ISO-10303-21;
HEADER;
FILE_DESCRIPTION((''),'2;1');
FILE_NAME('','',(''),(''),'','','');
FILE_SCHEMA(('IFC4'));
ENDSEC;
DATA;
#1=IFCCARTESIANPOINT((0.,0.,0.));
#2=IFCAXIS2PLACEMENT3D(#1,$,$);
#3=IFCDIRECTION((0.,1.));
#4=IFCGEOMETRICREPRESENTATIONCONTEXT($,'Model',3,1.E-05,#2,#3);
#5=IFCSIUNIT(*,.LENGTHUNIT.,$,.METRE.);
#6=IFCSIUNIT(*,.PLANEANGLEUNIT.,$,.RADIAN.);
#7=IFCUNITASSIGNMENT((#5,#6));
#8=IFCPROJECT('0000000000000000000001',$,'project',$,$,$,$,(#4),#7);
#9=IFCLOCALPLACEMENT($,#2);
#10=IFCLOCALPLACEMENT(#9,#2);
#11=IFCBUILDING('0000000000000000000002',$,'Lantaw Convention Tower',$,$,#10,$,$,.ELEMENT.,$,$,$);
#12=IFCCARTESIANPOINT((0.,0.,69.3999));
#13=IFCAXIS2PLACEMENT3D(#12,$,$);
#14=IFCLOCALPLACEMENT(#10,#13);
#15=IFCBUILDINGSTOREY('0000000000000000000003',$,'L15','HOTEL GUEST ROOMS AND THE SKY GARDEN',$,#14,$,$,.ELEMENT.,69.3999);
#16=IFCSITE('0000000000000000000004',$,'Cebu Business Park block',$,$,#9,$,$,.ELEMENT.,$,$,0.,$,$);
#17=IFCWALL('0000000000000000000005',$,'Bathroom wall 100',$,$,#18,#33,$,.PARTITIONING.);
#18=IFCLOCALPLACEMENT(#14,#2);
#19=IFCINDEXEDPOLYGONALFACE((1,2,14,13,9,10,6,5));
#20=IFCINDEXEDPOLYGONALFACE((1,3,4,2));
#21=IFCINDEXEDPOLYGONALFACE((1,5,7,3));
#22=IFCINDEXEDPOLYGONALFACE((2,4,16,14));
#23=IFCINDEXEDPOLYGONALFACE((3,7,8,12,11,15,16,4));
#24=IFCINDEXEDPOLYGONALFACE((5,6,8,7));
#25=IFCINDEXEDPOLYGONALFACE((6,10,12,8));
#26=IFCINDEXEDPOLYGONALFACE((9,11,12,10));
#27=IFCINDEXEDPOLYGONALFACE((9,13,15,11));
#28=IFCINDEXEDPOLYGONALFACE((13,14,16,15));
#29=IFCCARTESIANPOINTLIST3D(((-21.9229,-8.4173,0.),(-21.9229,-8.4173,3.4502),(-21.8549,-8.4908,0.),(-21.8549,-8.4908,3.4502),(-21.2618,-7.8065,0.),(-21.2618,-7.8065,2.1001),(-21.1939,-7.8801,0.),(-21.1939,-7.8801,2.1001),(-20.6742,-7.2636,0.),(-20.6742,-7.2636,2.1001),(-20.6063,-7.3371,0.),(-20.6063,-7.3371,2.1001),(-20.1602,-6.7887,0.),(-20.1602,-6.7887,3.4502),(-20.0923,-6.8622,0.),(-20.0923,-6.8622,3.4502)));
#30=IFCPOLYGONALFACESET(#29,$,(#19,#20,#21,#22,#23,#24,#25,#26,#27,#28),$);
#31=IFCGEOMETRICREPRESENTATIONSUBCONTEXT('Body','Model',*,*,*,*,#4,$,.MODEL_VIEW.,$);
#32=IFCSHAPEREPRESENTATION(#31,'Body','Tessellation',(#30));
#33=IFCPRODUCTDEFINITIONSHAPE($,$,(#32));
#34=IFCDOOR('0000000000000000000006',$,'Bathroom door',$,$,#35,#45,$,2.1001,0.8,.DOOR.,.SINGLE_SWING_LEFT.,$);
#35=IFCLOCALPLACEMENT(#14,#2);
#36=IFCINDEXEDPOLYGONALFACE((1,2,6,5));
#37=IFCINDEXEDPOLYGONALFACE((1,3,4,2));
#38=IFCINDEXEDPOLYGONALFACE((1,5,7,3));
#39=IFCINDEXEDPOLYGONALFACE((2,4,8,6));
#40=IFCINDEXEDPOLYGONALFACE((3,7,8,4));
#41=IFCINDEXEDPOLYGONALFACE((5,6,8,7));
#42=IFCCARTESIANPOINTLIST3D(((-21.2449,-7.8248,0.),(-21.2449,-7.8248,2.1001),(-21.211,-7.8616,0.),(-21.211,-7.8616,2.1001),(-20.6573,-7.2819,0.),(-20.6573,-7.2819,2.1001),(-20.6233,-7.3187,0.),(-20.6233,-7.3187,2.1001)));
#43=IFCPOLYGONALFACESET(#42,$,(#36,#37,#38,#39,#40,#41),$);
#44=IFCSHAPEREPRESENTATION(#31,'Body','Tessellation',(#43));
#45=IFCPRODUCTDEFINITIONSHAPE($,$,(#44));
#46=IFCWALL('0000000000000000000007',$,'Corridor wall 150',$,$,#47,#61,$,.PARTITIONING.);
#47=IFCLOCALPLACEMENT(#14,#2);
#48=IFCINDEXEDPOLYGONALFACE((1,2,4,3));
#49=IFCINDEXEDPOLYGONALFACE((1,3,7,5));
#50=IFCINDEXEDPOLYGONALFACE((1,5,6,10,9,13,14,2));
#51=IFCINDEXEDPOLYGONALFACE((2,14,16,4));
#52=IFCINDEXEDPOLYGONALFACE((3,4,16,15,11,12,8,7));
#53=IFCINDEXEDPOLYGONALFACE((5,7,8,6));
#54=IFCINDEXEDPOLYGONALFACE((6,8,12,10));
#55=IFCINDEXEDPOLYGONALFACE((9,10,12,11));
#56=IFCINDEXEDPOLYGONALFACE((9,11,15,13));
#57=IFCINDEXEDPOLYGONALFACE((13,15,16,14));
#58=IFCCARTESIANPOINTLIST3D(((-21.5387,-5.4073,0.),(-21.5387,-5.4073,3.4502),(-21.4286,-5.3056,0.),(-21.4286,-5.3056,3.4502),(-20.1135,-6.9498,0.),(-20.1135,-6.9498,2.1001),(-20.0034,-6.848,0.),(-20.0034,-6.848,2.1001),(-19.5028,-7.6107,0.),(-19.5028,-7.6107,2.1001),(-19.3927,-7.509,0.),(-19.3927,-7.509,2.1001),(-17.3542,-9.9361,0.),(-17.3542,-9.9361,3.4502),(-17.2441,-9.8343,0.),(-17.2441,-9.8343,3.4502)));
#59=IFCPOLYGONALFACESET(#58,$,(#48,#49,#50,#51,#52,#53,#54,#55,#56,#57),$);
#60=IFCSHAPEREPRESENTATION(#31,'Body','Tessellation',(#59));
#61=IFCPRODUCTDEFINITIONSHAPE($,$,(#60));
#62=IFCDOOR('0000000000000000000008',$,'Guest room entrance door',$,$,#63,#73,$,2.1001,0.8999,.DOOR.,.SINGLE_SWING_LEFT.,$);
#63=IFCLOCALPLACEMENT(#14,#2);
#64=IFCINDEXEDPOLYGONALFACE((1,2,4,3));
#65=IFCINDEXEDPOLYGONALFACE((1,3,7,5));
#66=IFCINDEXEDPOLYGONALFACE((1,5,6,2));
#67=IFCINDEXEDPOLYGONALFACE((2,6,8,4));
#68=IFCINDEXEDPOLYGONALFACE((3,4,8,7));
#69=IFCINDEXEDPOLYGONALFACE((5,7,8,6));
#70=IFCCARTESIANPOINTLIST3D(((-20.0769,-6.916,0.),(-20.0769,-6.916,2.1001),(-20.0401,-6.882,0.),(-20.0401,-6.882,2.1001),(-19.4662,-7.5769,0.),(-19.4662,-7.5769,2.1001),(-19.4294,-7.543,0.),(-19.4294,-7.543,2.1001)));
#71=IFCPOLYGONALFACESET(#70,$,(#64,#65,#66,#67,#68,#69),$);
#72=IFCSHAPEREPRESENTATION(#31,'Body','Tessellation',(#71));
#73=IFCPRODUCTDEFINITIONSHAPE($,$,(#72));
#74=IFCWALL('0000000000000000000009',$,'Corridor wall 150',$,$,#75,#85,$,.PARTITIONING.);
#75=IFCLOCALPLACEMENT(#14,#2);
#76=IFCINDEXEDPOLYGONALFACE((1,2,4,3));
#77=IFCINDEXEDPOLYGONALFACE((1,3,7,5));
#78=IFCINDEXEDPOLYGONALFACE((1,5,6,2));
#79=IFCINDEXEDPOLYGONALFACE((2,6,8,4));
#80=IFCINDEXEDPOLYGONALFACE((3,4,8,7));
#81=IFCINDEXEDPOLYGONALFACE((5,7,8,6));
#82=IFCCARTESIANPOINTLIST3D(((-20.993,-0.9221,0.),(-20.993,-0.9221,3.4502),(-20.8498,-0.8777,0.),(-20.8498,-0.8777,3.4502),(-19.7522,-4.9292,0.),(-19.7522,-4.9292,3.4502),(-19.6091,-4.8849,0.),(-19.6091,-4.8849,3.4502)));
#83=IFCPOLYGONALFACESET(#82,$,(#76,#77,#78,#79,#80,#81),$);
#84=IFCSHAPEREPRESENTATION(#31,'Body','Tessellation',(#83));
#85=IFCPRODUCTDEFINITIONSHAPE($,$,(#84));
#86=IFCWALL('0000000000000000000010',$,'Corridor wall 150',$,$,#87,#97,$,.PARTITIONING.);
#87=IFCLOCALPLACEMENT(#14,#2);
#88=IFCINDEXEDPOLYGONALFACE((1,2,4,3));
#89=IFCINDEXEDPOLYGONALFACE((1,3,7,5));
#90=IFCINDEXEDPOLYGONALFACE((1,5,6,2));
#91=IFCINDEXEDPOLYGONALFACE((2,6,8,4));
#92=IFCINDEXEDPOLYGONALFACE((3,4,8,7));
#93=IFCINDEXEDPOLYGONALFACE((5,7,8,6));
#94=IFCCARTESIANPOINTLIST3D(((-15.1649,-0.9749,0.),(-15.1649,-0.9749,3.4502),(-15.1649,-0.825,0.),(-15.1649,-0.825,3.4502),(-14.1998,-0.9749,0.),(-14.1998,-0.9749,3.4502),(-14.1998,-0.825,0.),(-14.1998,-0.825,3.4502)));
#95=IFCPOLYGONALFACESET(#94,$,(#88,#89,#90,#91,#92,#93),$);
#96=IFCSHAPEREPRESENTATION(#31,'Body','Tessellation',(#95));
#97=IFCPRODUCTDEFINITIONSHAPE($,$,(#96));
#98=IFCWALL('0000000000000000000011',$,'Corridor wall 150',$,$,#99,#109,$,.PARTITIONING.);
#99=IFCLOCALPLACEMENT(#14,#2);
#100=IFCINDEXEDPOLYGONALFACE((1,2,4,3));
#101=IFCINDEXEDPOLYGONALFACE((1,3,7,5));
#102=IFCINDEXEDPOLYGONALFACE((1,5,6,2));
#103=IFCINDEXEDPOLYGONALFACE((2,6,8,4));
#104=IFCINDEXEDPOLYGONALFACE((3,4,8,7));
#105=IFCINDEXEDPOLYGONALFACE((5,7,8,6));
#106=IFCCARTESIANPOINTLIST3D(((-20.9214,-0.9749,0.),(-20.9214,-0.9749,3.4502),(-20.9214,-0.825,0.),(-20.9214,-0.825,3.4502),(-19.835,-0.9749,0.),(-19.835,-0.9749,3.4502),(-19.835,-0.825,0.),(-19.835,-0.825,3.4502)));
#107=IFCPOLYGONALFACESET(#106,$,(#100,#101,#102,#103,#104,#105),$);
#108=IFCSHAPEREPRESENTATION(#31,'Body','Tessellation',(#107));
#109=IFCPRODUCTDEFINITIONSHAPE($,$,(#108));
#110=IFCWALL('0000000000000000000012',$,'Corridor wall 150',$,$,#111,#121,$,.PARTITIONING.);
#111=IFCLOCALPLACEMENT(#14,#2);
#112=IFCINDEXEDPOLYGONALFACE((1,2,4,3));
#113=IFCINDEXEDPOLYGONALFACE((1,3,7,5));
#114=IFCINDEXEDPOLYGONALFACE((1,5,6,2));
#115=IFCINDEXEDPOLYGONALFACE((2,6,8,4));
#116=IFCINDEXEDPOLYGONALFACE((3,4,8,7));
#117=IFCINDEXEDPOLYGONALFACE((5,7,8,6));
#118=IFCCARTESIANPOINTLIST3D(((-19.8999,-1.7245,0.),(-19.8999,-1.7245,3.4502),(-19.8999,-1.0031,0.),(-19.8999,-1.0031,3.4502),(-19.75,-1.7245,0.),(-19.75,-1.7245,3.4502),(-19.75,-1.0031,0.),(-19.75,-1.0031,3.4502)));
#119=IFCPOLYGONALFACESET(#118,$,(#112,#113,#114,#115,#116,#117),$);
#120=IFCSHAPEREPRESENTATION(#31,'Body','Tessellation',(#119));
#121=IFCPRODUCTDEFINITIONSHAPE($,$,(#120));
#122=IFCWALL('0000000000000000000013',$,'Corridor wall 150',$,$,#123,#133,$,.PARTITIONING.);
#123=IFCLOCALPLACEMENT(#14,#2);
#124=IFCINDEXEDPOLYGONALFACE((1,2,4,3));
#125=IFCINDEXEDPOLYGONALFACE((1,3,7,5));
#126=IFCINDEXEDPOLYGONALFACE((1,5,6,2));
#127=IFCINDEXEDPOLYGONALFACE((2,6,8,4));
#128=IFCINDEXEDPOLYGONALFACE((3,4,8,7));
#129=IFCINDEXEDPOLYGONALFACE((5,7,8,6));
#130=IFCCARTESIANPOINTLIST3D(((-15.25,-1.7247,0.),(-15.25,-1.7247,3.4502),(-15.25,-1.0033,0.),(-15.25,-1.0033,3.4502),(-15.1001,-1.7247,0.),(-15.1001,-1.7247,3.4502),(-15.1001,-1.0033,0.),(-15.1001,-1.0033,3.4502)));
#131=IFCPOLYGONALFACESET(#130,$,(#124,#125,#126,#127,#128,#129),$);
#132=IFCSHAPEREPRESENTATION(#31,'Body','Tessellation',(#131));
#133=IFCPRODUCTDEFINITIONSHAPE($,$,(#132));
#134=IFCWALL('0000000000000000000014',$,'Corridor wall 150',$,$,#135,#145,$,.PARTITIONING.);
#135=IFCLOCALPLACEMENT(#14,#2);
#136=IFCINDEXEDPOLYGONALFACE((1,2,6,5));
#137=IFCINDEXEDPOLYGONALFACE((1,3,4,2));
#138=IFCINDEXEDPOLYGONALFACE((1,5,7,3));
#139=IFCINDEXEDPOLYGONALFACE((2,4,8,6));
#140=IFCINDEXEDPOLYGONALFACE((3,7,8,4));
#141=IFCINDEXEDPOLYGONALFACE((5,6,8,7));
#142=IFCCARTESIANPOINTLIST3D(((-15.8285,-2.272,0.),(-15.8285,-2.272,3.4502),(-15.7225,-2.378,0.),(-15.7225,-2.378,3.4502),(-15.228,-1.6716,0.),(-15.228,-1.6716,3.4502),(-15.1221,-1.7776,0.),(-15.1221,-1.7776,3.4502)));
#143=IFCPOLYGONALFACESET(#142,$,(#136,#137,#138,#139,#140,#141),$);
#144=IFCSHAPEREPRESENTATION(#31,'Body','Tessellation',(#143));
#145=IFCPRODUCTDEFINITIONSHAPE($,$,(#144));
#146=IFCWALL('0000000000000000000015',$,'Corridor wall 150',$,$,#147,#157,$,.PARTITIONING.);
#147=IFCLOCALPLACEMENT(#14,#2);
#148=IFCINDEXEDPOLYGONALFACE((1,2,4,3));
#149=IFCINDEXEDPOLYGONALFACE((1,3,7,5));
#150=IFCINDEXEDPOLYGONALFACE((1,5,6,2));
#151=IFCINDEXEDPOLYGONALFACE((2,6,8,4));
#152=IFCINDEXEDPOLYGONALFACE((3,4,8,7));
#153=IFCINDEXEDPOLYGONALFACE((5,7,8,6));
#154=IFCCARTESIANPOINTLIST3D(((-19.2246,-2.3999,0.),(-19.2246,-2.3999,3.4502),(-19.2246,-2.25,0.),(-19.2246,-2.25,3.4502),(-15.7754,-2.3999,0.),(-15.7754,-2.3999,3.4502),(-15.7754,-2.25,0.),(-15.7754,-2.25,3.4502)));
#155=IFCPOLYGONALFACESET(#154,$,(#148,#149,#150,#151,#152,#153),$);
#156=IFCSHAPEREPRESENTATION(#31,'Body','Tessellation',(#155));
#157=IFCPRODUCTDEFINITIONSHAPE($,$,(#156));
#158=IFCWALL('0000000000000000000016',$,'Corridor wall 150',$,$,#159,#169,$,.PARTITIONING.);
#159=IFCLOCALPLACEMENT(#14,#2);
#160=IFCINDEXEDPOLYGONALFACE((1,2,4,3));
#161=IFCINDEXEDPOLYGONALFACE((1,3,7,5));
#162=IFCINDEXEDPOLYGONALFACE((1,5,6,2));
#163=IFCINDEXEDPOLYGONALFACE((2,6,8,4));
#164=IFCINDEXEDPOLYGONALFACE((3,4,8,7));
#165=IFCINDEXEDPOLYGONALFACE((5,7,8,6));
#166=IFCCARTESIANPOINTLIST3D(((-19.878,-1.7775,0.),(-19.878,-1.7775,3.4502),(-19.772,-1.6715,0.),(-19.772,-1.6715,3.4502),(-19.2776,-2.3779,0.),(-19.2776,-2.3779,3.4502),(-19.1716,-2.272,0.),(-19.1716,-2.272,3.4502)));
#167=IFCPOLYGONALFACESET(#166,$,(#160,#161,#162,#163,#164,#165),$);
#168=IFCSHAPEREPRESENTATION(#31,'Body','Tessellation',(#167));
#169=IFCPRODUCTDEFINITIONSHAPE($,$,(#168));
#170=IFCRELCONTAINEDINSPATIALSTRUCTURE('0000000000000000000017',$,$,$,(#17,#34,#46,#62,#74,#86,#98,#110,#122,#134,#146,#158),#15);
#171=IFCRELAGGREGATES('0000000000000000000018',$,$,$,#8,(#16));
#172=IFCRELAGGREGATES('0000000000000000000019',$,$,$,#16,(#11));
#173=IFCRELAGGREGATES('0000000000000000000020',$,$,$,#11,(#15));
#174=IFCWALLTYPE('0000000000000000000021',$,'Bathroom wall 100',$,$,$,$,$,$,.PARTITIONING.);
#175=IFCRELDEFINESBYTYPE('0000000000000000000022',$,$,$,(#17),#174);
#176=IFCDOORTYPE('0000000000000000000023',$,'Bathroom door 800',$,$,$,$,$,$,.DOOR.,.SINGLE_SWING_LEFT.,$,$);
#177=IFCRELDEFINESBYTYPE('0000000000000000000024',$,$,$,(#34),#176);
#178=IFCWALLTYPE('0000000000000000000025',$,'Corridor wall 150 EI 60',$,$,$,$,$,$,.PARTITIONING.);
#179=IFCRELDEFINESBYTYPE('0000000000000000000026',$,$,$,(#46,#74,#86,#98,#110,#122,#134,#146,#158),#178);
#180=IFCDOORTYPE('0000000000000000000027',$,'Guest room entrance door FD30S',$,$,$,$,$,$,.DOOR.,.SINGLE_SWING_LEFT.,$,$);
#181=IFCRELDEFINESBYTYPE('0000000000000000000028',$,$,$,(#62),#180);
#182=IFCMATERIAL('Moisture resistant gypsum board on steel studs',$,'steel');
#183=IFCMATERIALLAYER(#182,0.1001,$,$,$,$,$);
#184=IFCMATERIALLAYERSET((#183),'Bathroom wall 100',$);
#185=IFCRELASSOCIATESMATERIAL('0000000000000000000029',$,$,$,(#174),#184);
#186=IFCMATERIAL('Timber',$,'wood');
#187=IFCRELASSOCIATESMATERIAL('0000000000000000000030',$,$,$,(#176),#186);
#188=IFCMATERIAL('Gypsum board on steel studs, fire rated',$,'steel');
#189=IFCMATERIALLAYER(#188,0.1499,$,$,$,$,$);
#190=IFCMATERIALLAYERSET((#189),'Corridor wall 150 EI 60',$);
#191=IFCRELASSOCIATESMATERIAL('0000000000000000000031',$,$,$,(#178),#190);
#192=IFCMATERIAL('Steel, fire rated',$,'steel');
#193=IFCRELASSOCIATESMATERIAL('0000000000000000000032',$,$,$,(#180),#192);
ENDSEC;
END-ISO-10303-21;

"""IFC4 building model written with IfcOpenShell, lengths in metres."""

from ifc_helpers import new_model, si_unit, direction, frame, frame_2d, origin, place, context, subcontext, project, spatial, rectangle, extrude, material, layer, layer_set, type_object, element, fill, save


model = new_model("IFC4")

# Units and contexts
model_context = context("Model", 3, precision=1e-05, world=origin(), true_north=direction((0.0, 1.0)))
body_context = subcontext(model_context, "Body", "Model", "MODEL_VIEW")
ifc_project = project(units=[si_unit("LENGTHUNIT", "METRE"), si_unit("PLANEANGLEUNIT", "RADIAN")], contexts=[model_context])

# Site, building, storey
site_placement = place(None, origin())
site = spatial("IfcSite", under=ifc_project, at=site_placement, Name="Cebu Business Park block", CompositionType="ELEMENT", RefElevation=0.0)
building_placement = place(site_placement, origin())
building = spatial("IfcBuilding", under=site, at=building_placement, Name="Lantaw Convention Tower", CompositionType="ELEMENT")
storey_placement = place(building_placement, frame((0.0, 0.0, 69.3999)))
storey = spatial("IfcBuildingStorey", under=building, at=storey_placement, Name="L15", Description="HOTEL GUEST ROOMS AND THE SKY GARDEN", CompositionType="ELEMENT", Elevation=69.3999)

# Walls, openings, doors
ifc_material_1 = material(Name="Moisture resistant gypsum board on steel studs", Category="steel")
ifc_layer_1 = layer(ifc_material_1, 0.1001)
ifc_layer_set_1 = layer_set([ifc_layer_1], Name="Bathroom wall 100")
wall_type_1 = type_object("IfcWallType", Name="Bathroom wall 100", PredefinedType="PARTITIONING", material=ifc_layer_set_1)
wall_1_placement = place(storey_placement, frame((-20.1262, -6.8254, 0.0), z_axis=(0.0, 0.0, 1.0), x_axis=(-0.73448, -0.678631, 0.0)))
wall_1 = element("IfcWall", 1, at=wall_1_placement, inside=storey, type_object=wall_type_1, Name="Bathroom wall 100", PredefinedType="PARTITIONING", context=body_context, shape_type="SweptSolid", body=[
    extrude(rectangle(XDim=2.3999, YDim=0.1001, at=frame_2d((1.2, 0.0))), origin(), (0.0, 0.0, 1.0), 3.4502),
])
opening_1_placement = place(wall_1_placement, frame((0.7, 0.0, 0.0)))
opening_1 = element("IfcOpeningElement", 2, at=opening_1_placement, cuts=wall_1, PredefinedType="OPENING", context=body_context, shape_type="SweptSolid", body=[
    extrude(rectangle(XDim=0.8, YDim=2.1001, at=frame_2d((0.3999, 1.05))), frame((0.0, 0.0601, 0.0), z_axis=(0.0, -1.0, 0.0), x_axis=(1.0, 0.0, 0.0)), (0.0, 0.0, 1.0), 0.1201),
])
ifc_material_2 = material(Name="Timber", Category="wood")
door_type_1 = type_object("IfcDoorType", Name="Bathroom door 800", OperationType="SINGLE_SWING_LEFT", PredefinedType="DOOR", material=ifc_material_2)
door_1_placement = place(opening_1_placement, origin())
door_1 = element("IfcDoor", 3, at=door_1_placement, inside=storey, type_object=door_type_1, Name="Bathroom door", OperationType="SINGLE_SWING_LEFT", OverallHeight=2.1001, OverallWidth=0.8, PredefinedType="DOOR", context=body_context, shape_type="SweptSolid", body=[
    extrude(rectangle(XDim=0.8, YDim=2.1001, at=frame_2d((0.3999, 1.05))), frame((0.0, 0.0249, 0.0), z_axis=(0.0, -1.0, 0.0), x_axis=(1.0, 0.0, 0.0)), (0.0, 0.0, 1.0), 0.05),
])
fill(opening_1, door_1)
ifc_material_3 = material(Name="Gypsum board on steel studs, fire rated", Category="steel")
ifc_layer_2 = layer(ifc_material_3, 0.1499)
ifc_layer_set_2 = layer_set([ifc_layer_2], Name="Corridor wall 150 EI 60")
wall_type_2 = type_object("IfcWallType", Name="Corridor wall 150 EI 60", PredefinedType="PARTITIONING", material=ifc_layer_set_2)
wall_2_placement = place(storey_placement, frame((-21.4836, -5.3564, 0.0), z_axis=(0.0, 0.0, 1.0), x_axis=(0.678642, -0.734469, 0.0)))
wall_2 = element("IfcWall", 4, at=wall_2_placement, inside=storey, type_object=wall_type_2, Name="Corridor wall 150", PredefinedType="PARTITIONING", context=body_context, shape_type="SweptSolid", body=[
    extrude(rectangle(XDim=6.166, YDim=0.1499, at=frame_2d((3.083, 0.0))), origin(), (0.0, 0.0, 1.0), 3.4502),
])
opening_2_placement = place(wall_2_placement, frame((2.1001, 0.0, 0.0)))
opening_2 = element("IfcOpeningElement", 5, at=opening_2_placement, cuts=wall_2, PredefinedType="OPENING", context=body_context, shape_type="SweptSolid", body=[
    extrude(rectangle(XDim=0.8999, YDim=2.1001, at=frame_2d((0.45, 1.05))), frame((0.0, 0.085, 0.0), z_axis=(0.0, -1.0, 0.0), x_axis=(1.0, 0.0, 0.0)), (0.0, 0.0, 1.0), 0.1699),
])
ifc_material_4 = material(Name="Steel, fire rated", Category="steel")
door_type_2 = type_object("IfcDoorType", Name="Guest room entrance door FD30S", OperationType="SINGLE_SWING_LEFT", PredefinedType="DOOR", material=ifc_material_4)
door_2_placement = place(opening_2_placement, origin())
door_2 = element("IfcDoor", 6, at=door_2_placement, inside=storey, type_object=door_type_2, Name="Guest room entrance door", OperationType="SINGLE_SWING_LEFT", OverallHeight=2.1001, OverallWidth=0.8999, PredefinedType="DOOR", context=body_context, shape_type="SweptSolid", body=[
    extrude(rectangle(XDim=0.8999, YDim=2.1001, at=frame_2d((0.45, 1.05))), frame((0.0, 0.0249, 0.0), z_axis=(0.0, -1.0, 0.0), x_axis=(1.0, 0.0, 0.0)), (0.0, 0.0, 1.0), 0.05),
])
fill(opening_2, door_2)

# Walls
wall_3_placement = place(storey_placement, frame((-20.9214, -0.8999, 0.0), z_axis=(0.0, 0.0, 1.0), x_axis=(0.295779, -0.955257, 0.0)))
element("IfcWall", 7, at=wall_3_placement, inside=storey, type_object=wall_type_2, Name="Corridor wall 150", PredefinedType="PARTITIONING", context=body_context, shape_type="SweptSolid", body=[
    extrude(rectangle(XDim=4.1948, YDim=0.1499, at=frame_2d((2.0974, 0.0))), origin(), (0.0, 0.0, 1.0), 3.4502),
])
wall_4_placement = place(storey_placement, frame((-14.2, -0.8999, 0.0), z_axis=(0.0, 0.0, 1.0), x_axis=(-1.0, 0.0, 0.0)))
element("IfcWall", 8, at=wall_4_placement, inside=storey, type_object=wall_type_2, Name="Corridor wall 150", PredefinedType="PARTITIONING", context=body_context, shape_type="SweptSolid", body=[
    extrude(rectangle(XDim=0.9651, YDim=0.1499, at=frame_2d((0.4824, 0.0))), origin(), (0.0, 0.0, 1.0), 3.4502),
])
wall_5_placement = place(storey_placement, frame((-19.835, -0.8999, 0.0), z_axis=(0.0, 0.0, 1.0), x_axis=(-1.0, 0.0, 0.0)))
element("IfcWall", 9, at=wall_5_placement, inside=storey, type_object=wall_type_2, Name="Corridor wall 150", PredefinedType="PARTITIONING", context=body_context, shape_type="SweptSolid", body=[
    extrude(rectangle(XDim=1.0864, YDim=0.1499, at=frame_2d((0.5432, 0.0))), origin(), (0.0, 0.0, 1.0), 3.4502),
])
for number, where, z_axis, x_axis, name in (
    (10, (-19.825, -1.7246, 0.0), (0.0, 0.0, 1.0), (0.0, 1.0, 0.0), "Corridor wall 150"),
    (11, (-15.175, -1.0032, 0.0), (0.0, 0.0, 1.0), (0.0, -1.0, 0.0), "Corridor wall 150"),
):
    element("IfcWall", number, at=place(storey_placement, frame(where, z_axis=z_axis, x_axis=x_axis)), inside=storey, type_object=wall_type_2, Name=name, PredefinedType="PARTITIONING", context=body_context, shape_type="SweptSolid", body=[
        extrude(rectangle(XDim=0.7214, YDim=0.1499, at=frame_2d((0.3608, 0.0))), origin(), (0.0, 0.0, 1.0), 3.4502),
    ])
wall_6_placement = place(storey_placement, frame((-15.175, -1.7246, 0.0), z_axis=(0.0, 0.0, 1.0), x_axis=(-0.707107, -0.707107, 0.0)))
element("IfcWall", 12, at=wall_6_placement, inside=storey, type_object=wall_type_2, Name="Corridor wall 150", PredefinedType="PARTITIONING", context=body_context, shape_type="SweptSolid", body=[
    extrude(rectangle(XDim=0.8491, YDim=0.1499, at=frame_2d((0.4246, 0.0))), origin(), (0.0, 0.0, 1.0), 3.4502),
])
wall_7_placement = place(storey_placement, frame((-15.7754, -2.325, 0.0), z_axis=(0.0, 0.0, 1.0), x_axis=(-1.0, 0.0, 0.0)))
element("IfcWall", 13, at=wall_7_placement, inside=storey, type_object=wall_type_2, Name="Corridor wall 150", PredefinedType="PARTITIONING", context=body_context, shape_type="SweptSolid", body=[
    extrude(rectangle(XDim=3.4492, YDim=0.1499, at=frame_2d((1.7246, 0.0))), origin(), (0.0, 0.0, 1.0), 3.4502),
])
wall_8_placement = place(storey_placement, frame((-19.2246, -2.325, 0.0), z_axis=(0.0, 0.0, 1.0), x_axis=(-0.707107, 0.707107, 0.0)))
element("IfcWall", 14, at=wall_8_placement, inside=storey, type_object=wall_type_2, Name="Corridor wall 150", PredefinedType="PARTITIONING", context=body_context, shape_type="SweptSolid", body=[
    extrude(rectangle(XDim=0.8491, YDim=0.1499, at=frame_2d((0.4246, 0.0))), origin(), (0.0, 0.0, 1.0), 3.4502),
])

save(model, "model.ifc")
